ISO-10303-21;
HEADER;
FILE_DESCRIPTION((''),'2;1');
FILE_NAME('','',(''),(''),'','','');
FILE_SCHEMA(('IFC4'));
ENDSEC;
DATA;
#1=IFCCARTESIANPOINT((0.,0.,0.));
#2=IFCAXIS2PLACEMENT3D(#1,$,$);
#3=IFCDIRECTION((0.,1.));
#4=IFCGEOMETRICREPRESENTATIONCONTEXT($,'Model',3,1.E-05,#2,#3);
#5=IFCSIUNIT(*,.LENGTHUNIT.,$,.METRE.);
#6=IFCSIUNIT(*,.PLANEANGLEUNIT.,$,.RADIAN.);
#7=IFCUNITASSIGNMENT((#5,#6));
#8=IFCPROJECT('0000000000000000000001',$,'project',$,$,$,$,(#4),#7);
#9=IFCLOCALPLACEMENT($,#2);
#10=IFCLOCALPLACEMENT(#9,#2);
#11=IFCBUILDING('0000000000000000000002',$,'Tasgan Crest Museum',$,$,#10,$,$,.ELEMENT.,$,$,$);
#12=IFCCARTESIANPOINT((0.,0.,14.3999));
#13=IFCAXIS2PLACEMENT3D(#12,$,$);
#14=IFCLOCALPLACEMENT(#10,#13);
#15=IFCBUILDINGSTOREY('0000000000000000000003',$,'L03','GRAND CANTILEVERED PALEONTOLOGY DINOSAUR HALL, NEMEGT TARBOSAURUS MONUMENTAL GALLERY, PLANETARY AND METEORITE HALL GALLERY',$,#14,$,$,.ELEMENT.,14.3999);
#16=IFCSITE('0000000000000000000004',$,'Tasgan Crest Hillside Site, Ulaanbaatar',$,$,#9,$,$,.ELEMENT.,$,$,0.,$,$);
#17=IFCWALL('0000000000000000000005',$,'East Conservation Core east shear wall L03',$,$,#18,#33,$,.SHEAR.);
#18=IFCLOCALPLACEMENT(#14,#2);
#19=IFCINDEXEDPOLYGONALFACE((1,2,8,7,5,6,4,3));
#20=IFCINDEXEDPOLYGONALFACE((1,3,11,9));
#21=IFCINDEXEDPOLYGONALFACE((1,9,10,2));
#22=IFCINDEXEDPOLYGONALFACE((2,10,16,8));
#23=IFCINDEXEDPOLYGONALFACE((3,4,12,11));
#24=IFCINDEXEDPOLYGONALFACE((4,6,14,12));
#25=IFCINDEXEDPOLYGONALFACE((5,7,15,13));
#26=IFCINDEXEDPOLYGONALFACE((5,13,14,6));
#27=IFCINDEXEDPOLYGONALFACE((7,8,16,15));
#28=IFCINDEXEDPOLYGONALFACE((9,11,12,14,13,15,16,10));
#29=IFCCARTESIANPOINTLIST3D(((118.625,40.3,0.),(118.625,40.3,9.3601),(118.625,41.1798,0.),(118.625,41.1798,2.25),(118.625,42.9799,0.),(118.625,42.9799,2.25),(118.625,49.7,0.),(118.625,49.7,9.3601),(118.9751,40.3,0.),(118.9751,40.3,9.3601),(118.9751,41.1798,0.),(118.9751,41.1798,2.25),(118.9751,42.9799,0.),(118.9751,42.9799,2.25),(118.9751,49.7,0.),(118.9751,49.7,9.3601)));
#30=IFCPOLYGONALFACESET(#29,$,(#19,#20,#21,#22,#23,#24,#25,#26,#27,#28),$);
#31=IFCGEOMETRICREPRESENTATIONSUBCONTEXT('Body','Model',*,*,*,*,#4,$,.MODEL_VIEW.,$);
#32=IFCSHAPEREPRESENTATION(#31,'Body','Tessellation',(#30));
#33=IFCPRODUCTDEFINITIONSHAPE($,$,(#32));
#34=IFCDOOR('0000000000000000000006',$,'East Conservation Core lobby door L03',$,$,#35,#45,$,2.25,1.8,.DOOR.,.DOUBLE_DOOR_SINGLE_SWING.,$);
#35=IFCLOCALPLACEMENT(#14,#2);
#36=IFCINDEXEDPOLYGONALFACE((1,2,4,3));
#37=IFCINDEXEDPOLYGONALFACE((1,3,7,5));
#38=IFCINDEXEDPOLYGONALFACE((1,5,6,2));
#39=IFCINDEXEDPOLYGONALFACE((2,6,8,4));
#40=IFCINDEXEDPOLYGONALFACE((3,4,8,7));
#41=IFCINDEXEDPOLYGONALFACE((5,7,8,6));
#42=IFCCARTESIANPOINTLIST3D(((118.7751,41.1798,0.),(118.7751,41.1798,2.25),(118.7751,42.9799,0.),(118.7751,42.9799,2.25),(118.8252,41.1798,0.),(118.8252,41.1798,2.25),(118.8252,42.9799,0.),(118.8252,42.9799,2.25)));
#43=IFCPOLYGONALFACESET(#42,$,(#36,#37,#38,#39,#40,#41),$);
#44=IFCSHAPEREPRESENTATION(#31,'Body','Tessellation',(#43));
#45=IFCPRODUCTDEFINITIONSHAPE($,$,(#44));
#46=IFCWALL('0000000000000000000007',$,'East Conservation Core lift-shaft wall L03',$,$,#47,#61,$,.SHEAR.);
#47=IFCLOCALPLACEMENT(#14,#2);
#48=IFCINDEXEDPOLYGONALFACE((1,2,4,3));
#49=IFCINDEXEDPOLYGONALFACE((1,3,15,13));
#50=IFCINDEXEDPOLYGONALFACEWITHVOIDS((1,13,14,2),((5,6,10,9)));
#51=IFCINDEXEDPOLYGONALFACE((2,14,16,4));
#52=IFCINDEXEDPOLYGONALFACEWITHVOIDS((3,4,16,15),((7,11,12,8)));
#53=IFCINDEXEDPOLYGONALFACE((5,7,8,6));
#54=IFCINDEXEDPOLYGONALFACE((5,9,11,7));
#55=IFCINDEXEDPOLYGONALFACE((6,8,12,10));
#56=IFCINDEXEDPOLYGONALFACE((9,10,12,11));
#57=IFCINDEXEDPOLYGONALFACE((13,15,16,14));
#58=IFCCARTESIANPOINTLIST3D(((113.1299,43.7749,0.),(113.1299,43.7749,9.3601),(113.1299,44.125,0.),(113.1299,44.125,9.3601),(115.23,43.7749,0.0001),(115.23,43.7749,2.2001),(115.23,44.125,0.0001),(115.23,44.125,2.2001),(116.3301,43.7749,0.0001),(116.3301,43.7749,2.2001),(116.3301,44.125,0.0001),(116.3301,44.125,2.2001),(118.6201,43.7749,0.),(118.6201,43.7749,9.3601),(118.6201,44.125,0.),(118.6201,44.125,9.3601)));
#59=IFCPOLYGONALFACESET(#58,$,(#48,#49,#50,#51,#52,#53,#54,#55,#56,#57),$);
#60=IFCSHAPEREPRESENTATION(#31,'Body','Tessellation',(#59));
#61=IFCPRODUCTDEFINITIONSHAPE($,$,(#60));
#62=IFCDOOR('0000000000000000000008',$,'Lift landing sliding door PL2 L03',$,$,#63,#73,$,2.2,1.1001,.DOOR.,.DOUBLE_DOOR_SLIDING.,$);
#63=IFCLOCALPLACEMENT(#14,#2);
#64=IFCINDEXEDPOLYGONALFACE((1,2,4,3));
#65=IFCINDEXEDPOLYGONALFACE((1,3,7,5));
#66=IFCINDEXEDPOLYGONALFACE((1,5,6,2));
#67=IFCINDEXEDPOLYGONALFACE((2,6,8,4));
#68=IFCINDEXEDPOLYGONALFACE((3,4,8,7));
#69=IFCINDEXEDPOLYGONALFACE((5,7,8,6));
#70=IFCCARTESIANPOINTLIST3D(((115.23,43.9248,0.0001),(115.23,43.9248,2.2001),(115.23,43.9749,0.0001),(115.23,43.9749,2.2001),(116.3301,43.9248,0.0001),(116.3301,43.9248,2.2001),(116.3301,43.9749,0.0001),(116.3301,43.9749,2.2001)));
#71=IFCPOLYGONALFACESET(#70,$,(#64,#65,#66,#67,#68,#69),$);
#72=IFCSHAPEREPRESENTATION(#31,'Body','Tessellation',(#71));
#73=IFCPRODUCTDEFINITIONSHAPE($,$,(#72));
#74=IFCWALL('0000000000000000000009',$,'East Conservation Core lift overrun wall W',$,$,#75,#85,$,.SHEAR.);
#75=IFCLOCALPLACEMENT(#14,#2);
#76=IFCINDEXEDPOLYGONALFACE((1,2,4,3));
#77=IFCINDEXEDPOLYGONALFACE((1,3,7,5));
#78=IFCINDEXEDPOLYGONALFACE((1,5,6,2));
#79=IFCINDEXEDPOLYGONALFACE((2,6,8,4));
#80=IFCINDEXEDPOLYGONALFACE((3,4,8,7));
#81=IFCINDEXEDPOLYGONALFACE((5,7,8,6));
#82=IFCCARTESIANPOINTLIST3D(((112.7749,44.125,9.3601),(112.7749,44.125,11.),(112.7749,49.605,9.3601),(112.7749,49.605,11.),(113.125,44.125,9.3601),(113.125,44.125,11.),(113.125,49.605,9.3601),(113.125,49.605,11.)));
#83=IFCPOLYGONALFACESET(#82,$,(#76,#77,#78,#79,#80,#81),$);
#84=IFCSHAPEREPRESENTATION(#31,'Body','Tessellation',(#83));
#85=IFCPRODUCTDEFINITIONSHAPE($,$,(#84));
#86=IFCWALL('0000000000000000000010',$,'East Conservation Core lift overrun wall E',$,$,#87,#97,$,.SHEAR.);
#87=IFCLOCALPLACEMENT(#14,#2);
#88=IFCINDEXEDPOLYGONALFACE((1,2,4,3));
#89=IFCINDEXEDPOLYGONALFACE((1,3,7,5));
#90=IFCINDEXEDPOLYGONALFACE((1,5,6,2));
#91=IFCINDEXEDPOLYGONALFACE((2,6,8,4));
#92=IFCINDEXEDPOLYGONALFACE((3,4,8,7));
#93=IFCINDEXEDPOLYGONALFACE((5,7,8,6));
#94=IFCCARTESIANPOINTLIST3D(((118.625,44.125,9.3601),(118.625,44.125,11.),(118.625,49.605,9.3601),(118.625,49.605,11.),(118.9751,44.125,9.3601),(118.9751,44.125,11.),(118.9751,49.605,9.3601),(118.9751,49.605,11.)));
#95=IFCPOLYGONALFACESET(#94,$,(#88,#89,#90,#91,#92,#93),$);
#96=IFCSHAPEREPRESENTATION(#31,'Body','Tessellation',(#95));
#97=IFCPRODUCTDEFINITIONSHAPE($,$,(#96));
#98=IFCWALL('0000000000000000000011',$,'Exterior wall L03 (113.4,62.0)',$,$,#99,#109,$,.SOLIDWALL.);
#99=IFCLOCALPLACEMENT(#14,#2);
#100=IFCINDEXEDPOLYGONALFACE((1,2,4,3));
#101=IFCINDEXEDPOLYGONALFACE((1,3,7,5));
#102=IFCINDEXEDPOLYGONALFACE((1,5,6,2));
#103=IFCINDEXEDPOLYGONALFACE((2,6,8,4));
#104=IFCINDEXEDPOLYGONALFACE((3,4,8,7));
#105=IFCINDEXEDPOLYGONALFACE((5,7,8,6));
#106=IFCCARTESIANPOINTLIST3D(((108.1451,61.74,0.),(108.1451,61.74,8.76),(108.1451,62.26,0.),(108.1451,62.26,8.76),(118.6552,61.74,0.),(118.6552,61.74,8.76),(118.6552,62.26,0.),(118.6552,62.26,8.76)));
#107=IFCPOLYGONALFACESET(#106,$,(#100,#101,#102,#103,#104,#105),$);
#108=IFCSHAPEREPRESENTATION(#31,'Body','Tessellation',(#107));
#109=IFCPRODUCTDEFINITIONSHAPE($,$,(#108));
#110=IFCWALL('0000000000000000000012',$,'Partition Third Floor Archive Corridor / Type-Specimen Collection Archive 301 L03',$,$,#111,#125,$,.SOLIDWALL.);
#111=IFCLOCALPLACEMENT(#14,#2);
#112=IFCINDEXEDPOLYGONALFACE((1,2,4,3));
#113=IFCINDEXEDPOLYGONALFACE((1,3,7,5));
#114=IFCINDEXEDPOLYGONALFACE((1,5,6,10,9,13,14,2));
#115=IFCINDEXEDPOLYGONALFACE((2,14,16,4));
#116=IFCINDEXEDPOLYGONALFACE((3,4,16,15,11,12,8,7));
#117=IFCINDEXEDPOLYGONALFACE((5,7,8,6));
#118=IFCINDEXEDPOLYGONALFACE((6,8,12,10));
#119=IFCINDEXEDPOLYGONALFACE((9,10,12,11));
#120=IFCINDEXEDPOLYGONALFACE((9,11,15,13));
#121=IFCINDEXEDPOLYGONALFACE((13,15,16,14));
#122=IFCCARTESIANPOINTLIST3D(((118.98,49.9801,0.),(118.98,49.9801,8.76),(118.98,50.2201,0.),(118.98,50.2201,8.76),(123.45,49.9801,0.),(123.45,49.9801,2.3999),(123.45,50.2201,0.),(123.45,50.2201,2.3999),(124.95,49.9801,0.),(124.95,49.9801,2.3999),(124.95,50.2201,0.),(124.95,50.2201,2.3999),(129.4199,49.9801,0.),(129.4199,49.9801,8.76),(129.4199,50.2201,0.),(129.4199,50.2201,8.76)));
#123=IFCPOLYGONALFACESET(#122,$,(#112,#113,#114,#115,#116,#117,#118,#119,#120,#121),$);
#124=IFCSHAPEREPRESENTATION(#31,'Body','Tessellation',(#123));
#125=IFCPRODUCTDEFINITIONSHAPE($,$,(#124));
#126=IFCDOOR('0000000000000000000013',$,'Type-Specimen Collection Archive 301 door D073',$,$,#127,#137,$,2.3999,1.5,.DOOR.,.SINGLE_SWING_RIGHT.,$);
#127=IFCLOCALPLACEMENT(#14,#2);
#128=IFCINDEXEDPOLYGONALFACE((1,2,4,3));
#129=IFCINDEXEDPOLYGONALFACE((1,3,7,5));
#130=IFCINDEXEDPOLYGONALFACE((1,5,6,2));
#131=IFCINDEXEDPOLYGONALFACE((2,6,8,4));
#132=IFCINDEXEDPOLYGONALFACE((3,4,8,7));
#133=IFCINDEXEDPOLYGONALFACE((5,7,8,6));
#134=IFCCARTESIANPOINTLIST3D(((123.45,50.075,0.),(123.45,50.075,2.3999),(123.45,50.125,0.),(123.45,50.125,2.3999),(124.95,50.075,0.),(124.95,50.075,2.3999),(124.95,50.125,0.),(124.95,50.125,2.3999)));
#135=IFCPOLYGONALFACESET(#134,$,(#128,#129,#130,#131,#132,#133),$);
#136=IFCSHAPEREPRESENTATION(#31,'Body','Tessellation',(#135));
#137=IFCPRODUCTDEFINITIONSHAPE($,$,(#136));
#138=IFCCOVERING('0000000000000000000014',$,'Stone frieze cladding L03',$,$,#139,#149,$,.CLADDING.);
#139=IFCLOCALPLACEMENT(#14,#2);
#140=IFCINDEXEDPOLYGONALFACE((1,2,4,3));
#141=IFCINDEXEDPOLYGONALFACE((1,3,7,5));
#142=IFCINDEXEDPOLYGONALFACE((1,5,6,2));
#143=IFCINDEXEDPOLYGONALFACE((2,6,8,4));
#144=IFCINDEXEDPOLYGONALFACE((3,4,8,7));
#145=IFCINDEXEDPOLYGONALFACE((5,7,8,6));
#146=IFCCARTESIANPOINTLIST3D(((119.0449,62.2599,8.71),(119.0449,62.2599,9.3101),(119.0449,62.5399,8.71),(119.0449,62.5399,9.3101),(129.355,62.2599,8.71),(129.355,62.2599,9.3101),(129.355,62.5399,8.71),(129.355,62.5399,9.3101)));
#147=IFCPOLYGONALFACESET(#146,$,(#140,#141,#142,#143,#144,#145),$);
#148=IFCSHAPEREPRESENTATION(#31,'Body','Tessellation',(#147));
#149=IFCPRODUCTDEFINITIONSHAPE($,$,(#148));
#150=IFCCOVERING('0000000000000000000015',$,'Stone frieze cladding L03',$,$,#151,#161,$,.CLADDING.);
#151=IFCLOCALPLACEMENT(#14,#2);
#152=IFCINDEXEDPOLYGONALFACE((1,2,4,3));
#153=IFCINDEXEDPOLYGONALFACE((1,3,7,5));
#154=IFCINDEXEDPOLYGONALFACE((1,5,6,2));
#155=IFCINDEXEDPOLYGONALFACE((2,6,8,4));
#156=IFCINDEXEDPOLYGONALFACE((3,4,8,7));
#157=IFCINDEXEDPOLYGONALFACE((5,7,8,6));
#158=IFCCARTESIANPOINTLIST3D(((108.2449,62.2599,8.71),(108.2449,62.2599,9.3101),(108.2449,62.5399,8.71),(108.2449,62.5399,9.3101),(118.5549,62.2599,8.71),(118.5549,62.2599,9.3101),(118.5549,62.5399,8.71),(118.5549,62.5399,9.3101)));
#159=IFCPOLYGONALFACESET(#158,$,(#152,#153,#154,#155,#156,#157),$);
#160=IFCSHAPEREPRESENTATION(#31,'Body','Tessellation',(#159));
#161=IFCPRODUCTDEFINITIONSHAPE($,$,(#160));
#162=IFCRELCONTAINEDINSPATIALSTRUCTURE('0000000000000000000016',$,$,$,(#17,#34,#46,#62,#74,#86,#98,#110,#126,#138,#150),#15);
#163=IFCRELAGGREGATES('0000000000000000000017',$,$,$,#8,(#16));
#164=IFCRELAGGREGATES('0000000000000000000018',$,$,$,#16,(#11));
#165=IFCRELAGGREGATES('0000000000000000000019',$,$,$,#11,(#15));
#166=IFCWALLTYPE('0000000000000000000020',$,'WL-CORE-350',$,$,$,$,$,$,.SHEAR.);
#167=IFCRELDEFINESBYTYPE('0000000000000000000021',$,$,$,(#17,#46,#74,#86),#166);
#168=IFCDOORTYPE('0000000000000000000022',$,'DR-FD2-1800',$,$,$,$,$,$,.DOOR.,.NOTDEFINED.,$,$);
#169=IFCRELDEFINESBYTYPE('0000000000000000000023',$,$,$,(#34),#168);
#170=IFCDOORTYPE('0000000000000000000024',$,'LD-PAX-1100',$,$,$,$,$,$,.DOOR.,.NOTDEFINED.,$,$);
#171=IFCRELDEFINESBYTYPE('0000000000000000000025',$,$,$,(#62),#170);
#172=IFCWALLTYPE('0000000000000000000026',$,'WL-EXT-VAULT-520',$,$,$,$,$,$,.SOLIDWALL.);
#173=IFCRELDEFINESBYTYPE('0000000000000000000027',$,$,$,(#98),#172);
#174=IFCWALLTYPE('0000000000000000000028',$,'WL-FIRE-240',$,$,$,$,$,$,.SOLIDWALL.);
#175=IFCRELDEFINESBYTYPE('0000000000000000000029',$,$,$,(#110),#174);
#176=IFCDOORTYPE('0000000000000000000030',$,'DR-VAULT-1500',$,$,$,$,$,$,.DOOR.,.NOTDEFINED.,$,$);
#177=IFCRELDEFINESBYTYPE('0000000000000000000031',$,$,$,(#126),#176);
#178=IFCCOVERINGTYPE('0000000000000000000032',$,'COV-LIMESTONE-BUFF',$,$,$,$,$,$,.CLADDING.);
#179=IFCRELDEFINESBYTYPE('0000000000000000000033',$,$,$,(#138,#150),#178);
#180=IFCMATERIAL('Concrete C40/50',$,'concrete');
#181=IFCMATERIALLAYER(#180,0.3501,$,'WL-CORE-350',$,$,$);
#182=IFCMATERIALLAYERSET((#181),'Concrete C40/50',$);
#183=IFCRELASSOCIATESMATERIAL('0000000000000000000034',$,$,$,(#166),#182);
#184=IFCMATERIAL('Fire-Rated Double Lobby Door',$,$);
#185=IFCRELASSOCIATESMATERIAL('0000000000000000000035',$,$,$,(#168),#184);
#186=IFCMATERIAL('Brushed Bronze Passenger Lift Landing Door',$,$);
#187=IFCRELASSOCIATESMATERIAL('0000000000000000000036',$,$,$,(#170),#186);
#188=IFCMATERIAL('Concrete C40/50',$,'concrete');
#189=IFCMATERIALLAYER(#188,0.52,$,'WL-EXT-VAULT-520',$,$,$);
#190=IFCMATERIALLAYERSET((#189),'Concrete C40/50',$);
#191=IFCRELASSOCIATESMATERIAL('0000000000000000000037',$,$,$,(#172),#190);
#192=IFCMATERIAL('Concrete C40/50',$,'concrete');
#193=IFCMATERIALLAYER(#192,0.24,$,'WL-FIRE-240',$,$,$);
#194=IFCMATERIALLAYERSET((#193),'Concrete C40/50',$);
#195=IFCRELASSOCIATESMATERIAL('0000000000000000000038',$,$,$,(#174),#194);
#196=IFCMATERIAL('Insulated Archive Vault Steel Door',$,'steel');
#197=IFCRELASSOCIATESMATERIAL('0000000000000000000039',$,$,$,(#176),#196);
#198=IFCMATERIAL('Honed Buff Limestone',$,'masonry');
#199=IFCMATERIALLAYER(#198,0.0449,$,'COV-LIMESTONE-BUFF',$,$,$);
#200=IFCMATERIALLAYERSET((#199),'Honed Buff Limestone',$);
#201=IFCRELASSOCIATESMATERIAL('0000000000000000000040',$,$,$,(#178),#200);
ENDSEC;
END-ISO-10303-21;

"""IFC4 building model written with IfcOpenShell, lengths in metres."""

from ifc_helpers import new_model, si_unit, direction, frame, frame_2d, origin, origin_2d, place, context, subcontext, project, spatial, rectangle, extrude, material, layer, layer_set, type_object, element, fill, save


model = new_model("IFC4")

# Units and contexts
model_context = context("Model", 3, precision=1e-05, world=origin(), true_north=direction((0.0, 1.0)))
body_context = subcontext(model_context, "Body", "Model", "MODEL_VIEW")
ifc_project = project(units=[si_unit("LENGTHUNIT", "METRE"), si_unit("PLANEANGLEUNIT", "RADIAN")], contexts=[model_context])

# Site, building, storey
site_placement = place(None, origin())
site = spatial("IfcSite", under=ifc_project, at=site_placement, Name="Tasgan Crest Hillside Site, Ulaanbaatar", CompositionType="ELEMENT", RefElevation=0.0)
building_placement = place(site_placement, origin())
building = spatial("IfcBuilding", under=site, at=building_placement, Name="Tasgan Crest Museum", CompositionType="ELEMENT")
storey_placement = place(building_placement, frame((0.0, 0.0, 14.3999)))
storey = spatial("IfcBuildingStorey", under=building, at=storey_placement, Name="L03", Description="GRAND CANTILEVERED PALEONTOLOGY DINOSAUR HALL, NEMEGT TARBOSAURUS MONUMENTAL GALLERY, PLANETARY AND METEORITE HALL GALLERY", CompositionType="ELEMENT", Elevation=14.3999)

# Walls, openings, doors
ifc_material_1 = material(Name="Concrete C40/50", Category="concrete")
ifc_layer_1 = layer(ifc_material_1, 0.3501, Name="WL-CORE-350")
ifc_layer_set_1 = layer_set([ifc_layer_1], Name="Concrete C40/50")
wall_type_1 = type_object("IfcWallType", Name="WL-CORE-350", PredefinedType="SHEAR", material=ifc_layer_set_1)
wall_1_placement = place(storey_placement, frame((118.8, 40.3, 0.0), z_axis=(0.0, 0.0, 1.0), x_axis=(0.0, 1.0, 0.0)))
wall_1 = element("IfcWall", 1, at=wall_1_placement, inside=storey, type_object=wall_type_1, Name="East Conservation Core east shear wall L03", PredefinedType="SHEAR", context=body_context, shape_type="SweptSolid", body=[
    extrude(rectangle(XDim=9.3999, YDim=0.3501, at=frame_2d((4.7, 0.0))), origin(), (0.0, 0.0, 1.0), 9.3601),
])
opening_1_placement = place(wall_1_placement, frame((0.8799, 0.0, 0.0)))
opening_1 = element("IfcOpeningElement", 2, at=opening_1_placement, cuts=wall_1, PredefinedType="OPENING", context=body_context, shape_type="SweptSolid", body=[
    extrude(rectangle(XDim=1.8, YDim=2.25, at=frame_2d((0.8999, 1.125))), frame((0.0, 0.1851, 0.0), z_axis=(0.0, -1.0, 0.0), x_axis=(1.0, 0.0, 0.0)), (0.0, 0.0, 1.0), 0.3701),
])
ifc_material_2 = material(Name="Fire-Rated Double Lobby Door")
door_type_1 = type_object("IfcDoorType", Name="DR-FD2-1800", OperationType="NOTDEFINED", PredefinedType="DOOR", material=ifc_material_2)
door_1_placement = place(opening_1_placement, origin())
door_1 = element("IfcDoor", 3, at=door_1_placement, inside=storey, type_object=door_type_1, Name="East Conservation Core lobby door L03", OperationType="DOUBLE_DOOR_SINGLE_SWING", OverallHeight=2.25, OverallWidth=1.8, PredefinedType="DOOR", context=body_context, shape_type="SweptSolid", body=[
    extrude(rectangle(XDim=1.8, YDim=2.25, at=frame_2d((0.8999, 1.125))), frame((0.0, 0.0249, 0.0), z_axis=(0.0, -1.0, 0.0), x_axis=(1.0, 0.0, 0.0)), (0.0, 0.0, 1.0), 0.05),
])
fill(opening_1, door_1)
wall_2_placement = place(storey_placement, frame((113.1299, 43.95, 0.0), z_axis=(0.0, 0.0, 1.0), x_axis=(1.0, 0.0, 0.0)))
wall_2 = element("IfcWall", 4, at=wall_2_placement, inside=storey, type_object=wall_type_1, Name="East Conservation Core lift-shaft wall L03", PredefinedType="SHEAR", context=body_context, shape_type="SweptSolid", body=[
    extrude(rectangle(XDim=5.4902, YDim=0.3501, at=frame_2d((2.7451, 0.0))), origin(), (0.0, 0.0, 1.0), 9.3601),
])
opening_2_placement = place(wall_2_placement, frame((2.1001, 0.0, 0.0)))
opening_2 = element("IfcOpeningElement", 5, at=opening_2_placement, cuts=wall_2, PredefinedType="OPENING", context=body_context, shape_type="SweptSolid", body=[
    extrude(rectangle(XDim=1.1001, YDim=2.2, at=frame_2d((0.55, 1.1001))), frame((0.0, 0.1851, 0.0), z_axis=(0.0, -1.0, 0.0), x_axis=(1.0, 0.0, 0.0)), (0.0, 0.0, 1.0), 0.3701),
])
ifc_material_3 = material(Name="Brushed Bronze Passenger Lift Landing Door")
door_type_2 = type_object("IfcDoorType", Name="LD-PAX-1100", OperationType="NOTDEFINED", PredefinedType="DOOR", material=ifc_material_3)
door_2_placement = place(opening_2_placement, origin())
door_2 = element("IfcDoor", 6, at=door_2_placement, inside=storey, type_object=door_type_2, Name="Lift landing sliding door PL2 L03", OperationType="DOUBLE_DOOR_SLIDING", OverallHeight=2.2, OverallWidth=1.1001, PredefinedType="DOOR", context=body_context, shape_type="SweptSolid", body=[
    extrude(rectangle(XDim=1.1001, YDim=2.2, at=frame_2d((0.55, 1.1001))), frame((0.0, 0.0249, 0.0), z_axis=(0.0, -1.0, 0.0), x_axis=(1.0, 0.0, 0.0)), (0.0, 0.0, 1.0), 0.05),
])
fill(opening_2, door_2)

# Walls
for number, where, z_axis, x_axis, name in (
    (7, (112.95, 44.125, 9.3601), (0.0, 0.0, 1.0), (0.0, 1.0, 0.0), "East Conservation Core lift overrun wall W"),
    (8, (118.8, 44.125, 9.3601), (0.0, 0.0, 1.0), (0.0, 1.0, 0.0), "East Conservation Core lift overrun wall E"),
):
    element("IfcWall", number, at=place(storey_placement, frame(where, z_axis=z_axis, x_axis=x_axis)), inside=storey, type_object=wall_type_1, Name=name, PredefinedType="SHEAR", context=body_context, shape_type="SweptSolid", body=[
        extrude(rectangle(XDim=5.48, YDim=0.3501, at=frame_2d((2.74, 0.0))), origin(), (0.0, 0.0, 1.0), 1.6399),
    ])
ifc_material_4 = material(Name="Concrete C40/50", Category="concrete")
ifc_layer_2 = layer(ifc_material_4, 0.52, Name="WL-EXT-VAULT-520")
ifc_layer_set_2 = layer_set([ifc_layer_2], Name="Concrete C40/50")
wall_type_2 = type_object("IfcWallType", Name="WL-EXT-VAULT-520", PredefinedType="SOLIDWALL", material=ifc_layer_set_2)
wall_3_placement = place(storey_placement, frame((118.655, 62.0, 0.0), z_axis=(0.0, 0.0, 1.0), x_axis=(-1.0, 0.0, 0.0)))
element("IfcWall", 9, at=wall_3_placement, inside=storey, type_object=wall_type_2, Name="Exterior wall L03 (113.4,62.0)", PredefinedType="SOLIDWALL", context=body_context, shape_type="SweptSolid", body=[
    extrude(rectangle(XDim=10.51, YDim=0.52, at=frame_2d((5.2549, 0.0))), origin(), (0.0, 0.0, 1.0), 8.76),
])

# Wall, opening, door
ifc_material_5 = material(Name="Concrete C40/50", Category="concrete")
ifc_layer_3 = layer(ifc_material_5, 0.24, Name="WL-FIRE-240")
ifc_layer_set_3 = layer_set([ifc_layer_3], Name="Concrete C40/50")
wall_type_3 = type_object("IfcWallType", Name="WL-FIRE-240", PredefinedType="SOLIDWALL", material=ifc_layer_set_3)
wall_4_placement = place(storey_placement, frame((118.98, 50.1001, 0.0), z_axis=(0.0, 0.0, 1.0), x_axis=(1.0, 0.0, 0.0)))
wall_4 = element("IfcWall", 10, at=wall_4_placement, inside=storey, type_object=wall_type_3, Name="Partition Third Floor Archive Corridor / Type-Specimen Collection Archive 301 L03", PredefinedType="SOLIDWALL", context=body_context, shape_type="SweptSolid", body=[
    extrude(rectangle(XDim=10.4399, YDim=0.24, at=frame_2d((5.22, 0.0))), origin(), (0.0, 0.0, 1.0), 8.76),
])
opening_3_placement = place(wall_4_placement, frame((4.47, 0.0, 0.0)))
opening_3 = element("IfcOpeningElement", 11, at=opening_3_placement, cuts=wall_4, PredefinedType="OPENING", context=body_context, shape_type="SweptSolid", body=[
    extrude(rectangle(XDim=1.5, YDim=2.3999, at=frame_2d((0.75, 1.2))), frame((0.0, 0.1299, 0.0), z_axis=(0.0, -1.0, 0.0), x_axis=(1.0, 0.0, 0.0)), (0.0, 0.0, 1.0), 0.26),
])
ifc_material_6 = material(Name="Insulated Archive Vault Steel Door", Category="steel")
door_type_3 = type_object("IfcDoorType", Name="DR-VAULT-1500", OperationType="NOTDEFINED", PredefinedType="DOOR", material=ifc_material_6)
door_3_placement = place(opening_3_placement, origin())
door_3 = element("IfcDoor", 12, at=door_3_placement, inside=storey, type_object=door_type_3, Name="Type-Specimen Collection Archive 301 door D073", OperationType="SINGLE_SWING_RIGHT", OverallHeight=2.3999, OverallWidth=1.5, PredefinedType="DOOR", context=body_context, shape_type="SweptSolid", body=[
    extrude(rectangle(XDim=1.5, YDim=2.3999, at=frame_2d((0.75, 1.2))), frame((0.0, 0.0249, 0.0), z_axis=(0.0, -1.0, 0.0), x_axis=(1.0, 0.0, 0.0)), (0.0, 0.0, 1.0), 0.05),
])
fill(opening_3, door_3)

# Coverings
ifc_material_7 = material(Name="Honed Buff Limestone", Category="masonry")
ifc_layer_4 = layer(ifc_material_7, 0.0449, Name="COV-LIMESTONE-BUFF")
ifc_layer_set_4 = layer_set([ifc_layer_4], Name="Honed Buff Limestone")
covering_type = type_object("IfcCoveringType", Name="COV-LIMESTONE-BUFF", PredefinedType="CLADDING", material=ifc_layer_set_4)
for number, where, z_axis, x_axis, name in (
    (13, (124.2, 62.3999, 8.71), (0.0, 0.0, 1.0), (-1.0, 0.0, 0.0), "Stone frieze cladding L03"),
    (14, (113.3999, 62.3999, 8.71), (0.0, 0.0, 1.0), (-1.0, 0.0, 0.0), "Stone frieze cladding L03"),
):
    element("IfcCovering", number, at=place(storey_placement, frame(where, z_axis=z_axis, x_axis=x_axis)), inside=storey, type_object=covering_type, Name=name, PredefinedType="CLADDING", context=body_context, shape_type="SweptSolid", body=[
        extrude(rectangle(XDim=10.3101, YDim=0.28, at=origin_2d()), origin(), (0.0, 0.0, 1.0), 0.6001),
    ])

save(model, "model.ifc")
